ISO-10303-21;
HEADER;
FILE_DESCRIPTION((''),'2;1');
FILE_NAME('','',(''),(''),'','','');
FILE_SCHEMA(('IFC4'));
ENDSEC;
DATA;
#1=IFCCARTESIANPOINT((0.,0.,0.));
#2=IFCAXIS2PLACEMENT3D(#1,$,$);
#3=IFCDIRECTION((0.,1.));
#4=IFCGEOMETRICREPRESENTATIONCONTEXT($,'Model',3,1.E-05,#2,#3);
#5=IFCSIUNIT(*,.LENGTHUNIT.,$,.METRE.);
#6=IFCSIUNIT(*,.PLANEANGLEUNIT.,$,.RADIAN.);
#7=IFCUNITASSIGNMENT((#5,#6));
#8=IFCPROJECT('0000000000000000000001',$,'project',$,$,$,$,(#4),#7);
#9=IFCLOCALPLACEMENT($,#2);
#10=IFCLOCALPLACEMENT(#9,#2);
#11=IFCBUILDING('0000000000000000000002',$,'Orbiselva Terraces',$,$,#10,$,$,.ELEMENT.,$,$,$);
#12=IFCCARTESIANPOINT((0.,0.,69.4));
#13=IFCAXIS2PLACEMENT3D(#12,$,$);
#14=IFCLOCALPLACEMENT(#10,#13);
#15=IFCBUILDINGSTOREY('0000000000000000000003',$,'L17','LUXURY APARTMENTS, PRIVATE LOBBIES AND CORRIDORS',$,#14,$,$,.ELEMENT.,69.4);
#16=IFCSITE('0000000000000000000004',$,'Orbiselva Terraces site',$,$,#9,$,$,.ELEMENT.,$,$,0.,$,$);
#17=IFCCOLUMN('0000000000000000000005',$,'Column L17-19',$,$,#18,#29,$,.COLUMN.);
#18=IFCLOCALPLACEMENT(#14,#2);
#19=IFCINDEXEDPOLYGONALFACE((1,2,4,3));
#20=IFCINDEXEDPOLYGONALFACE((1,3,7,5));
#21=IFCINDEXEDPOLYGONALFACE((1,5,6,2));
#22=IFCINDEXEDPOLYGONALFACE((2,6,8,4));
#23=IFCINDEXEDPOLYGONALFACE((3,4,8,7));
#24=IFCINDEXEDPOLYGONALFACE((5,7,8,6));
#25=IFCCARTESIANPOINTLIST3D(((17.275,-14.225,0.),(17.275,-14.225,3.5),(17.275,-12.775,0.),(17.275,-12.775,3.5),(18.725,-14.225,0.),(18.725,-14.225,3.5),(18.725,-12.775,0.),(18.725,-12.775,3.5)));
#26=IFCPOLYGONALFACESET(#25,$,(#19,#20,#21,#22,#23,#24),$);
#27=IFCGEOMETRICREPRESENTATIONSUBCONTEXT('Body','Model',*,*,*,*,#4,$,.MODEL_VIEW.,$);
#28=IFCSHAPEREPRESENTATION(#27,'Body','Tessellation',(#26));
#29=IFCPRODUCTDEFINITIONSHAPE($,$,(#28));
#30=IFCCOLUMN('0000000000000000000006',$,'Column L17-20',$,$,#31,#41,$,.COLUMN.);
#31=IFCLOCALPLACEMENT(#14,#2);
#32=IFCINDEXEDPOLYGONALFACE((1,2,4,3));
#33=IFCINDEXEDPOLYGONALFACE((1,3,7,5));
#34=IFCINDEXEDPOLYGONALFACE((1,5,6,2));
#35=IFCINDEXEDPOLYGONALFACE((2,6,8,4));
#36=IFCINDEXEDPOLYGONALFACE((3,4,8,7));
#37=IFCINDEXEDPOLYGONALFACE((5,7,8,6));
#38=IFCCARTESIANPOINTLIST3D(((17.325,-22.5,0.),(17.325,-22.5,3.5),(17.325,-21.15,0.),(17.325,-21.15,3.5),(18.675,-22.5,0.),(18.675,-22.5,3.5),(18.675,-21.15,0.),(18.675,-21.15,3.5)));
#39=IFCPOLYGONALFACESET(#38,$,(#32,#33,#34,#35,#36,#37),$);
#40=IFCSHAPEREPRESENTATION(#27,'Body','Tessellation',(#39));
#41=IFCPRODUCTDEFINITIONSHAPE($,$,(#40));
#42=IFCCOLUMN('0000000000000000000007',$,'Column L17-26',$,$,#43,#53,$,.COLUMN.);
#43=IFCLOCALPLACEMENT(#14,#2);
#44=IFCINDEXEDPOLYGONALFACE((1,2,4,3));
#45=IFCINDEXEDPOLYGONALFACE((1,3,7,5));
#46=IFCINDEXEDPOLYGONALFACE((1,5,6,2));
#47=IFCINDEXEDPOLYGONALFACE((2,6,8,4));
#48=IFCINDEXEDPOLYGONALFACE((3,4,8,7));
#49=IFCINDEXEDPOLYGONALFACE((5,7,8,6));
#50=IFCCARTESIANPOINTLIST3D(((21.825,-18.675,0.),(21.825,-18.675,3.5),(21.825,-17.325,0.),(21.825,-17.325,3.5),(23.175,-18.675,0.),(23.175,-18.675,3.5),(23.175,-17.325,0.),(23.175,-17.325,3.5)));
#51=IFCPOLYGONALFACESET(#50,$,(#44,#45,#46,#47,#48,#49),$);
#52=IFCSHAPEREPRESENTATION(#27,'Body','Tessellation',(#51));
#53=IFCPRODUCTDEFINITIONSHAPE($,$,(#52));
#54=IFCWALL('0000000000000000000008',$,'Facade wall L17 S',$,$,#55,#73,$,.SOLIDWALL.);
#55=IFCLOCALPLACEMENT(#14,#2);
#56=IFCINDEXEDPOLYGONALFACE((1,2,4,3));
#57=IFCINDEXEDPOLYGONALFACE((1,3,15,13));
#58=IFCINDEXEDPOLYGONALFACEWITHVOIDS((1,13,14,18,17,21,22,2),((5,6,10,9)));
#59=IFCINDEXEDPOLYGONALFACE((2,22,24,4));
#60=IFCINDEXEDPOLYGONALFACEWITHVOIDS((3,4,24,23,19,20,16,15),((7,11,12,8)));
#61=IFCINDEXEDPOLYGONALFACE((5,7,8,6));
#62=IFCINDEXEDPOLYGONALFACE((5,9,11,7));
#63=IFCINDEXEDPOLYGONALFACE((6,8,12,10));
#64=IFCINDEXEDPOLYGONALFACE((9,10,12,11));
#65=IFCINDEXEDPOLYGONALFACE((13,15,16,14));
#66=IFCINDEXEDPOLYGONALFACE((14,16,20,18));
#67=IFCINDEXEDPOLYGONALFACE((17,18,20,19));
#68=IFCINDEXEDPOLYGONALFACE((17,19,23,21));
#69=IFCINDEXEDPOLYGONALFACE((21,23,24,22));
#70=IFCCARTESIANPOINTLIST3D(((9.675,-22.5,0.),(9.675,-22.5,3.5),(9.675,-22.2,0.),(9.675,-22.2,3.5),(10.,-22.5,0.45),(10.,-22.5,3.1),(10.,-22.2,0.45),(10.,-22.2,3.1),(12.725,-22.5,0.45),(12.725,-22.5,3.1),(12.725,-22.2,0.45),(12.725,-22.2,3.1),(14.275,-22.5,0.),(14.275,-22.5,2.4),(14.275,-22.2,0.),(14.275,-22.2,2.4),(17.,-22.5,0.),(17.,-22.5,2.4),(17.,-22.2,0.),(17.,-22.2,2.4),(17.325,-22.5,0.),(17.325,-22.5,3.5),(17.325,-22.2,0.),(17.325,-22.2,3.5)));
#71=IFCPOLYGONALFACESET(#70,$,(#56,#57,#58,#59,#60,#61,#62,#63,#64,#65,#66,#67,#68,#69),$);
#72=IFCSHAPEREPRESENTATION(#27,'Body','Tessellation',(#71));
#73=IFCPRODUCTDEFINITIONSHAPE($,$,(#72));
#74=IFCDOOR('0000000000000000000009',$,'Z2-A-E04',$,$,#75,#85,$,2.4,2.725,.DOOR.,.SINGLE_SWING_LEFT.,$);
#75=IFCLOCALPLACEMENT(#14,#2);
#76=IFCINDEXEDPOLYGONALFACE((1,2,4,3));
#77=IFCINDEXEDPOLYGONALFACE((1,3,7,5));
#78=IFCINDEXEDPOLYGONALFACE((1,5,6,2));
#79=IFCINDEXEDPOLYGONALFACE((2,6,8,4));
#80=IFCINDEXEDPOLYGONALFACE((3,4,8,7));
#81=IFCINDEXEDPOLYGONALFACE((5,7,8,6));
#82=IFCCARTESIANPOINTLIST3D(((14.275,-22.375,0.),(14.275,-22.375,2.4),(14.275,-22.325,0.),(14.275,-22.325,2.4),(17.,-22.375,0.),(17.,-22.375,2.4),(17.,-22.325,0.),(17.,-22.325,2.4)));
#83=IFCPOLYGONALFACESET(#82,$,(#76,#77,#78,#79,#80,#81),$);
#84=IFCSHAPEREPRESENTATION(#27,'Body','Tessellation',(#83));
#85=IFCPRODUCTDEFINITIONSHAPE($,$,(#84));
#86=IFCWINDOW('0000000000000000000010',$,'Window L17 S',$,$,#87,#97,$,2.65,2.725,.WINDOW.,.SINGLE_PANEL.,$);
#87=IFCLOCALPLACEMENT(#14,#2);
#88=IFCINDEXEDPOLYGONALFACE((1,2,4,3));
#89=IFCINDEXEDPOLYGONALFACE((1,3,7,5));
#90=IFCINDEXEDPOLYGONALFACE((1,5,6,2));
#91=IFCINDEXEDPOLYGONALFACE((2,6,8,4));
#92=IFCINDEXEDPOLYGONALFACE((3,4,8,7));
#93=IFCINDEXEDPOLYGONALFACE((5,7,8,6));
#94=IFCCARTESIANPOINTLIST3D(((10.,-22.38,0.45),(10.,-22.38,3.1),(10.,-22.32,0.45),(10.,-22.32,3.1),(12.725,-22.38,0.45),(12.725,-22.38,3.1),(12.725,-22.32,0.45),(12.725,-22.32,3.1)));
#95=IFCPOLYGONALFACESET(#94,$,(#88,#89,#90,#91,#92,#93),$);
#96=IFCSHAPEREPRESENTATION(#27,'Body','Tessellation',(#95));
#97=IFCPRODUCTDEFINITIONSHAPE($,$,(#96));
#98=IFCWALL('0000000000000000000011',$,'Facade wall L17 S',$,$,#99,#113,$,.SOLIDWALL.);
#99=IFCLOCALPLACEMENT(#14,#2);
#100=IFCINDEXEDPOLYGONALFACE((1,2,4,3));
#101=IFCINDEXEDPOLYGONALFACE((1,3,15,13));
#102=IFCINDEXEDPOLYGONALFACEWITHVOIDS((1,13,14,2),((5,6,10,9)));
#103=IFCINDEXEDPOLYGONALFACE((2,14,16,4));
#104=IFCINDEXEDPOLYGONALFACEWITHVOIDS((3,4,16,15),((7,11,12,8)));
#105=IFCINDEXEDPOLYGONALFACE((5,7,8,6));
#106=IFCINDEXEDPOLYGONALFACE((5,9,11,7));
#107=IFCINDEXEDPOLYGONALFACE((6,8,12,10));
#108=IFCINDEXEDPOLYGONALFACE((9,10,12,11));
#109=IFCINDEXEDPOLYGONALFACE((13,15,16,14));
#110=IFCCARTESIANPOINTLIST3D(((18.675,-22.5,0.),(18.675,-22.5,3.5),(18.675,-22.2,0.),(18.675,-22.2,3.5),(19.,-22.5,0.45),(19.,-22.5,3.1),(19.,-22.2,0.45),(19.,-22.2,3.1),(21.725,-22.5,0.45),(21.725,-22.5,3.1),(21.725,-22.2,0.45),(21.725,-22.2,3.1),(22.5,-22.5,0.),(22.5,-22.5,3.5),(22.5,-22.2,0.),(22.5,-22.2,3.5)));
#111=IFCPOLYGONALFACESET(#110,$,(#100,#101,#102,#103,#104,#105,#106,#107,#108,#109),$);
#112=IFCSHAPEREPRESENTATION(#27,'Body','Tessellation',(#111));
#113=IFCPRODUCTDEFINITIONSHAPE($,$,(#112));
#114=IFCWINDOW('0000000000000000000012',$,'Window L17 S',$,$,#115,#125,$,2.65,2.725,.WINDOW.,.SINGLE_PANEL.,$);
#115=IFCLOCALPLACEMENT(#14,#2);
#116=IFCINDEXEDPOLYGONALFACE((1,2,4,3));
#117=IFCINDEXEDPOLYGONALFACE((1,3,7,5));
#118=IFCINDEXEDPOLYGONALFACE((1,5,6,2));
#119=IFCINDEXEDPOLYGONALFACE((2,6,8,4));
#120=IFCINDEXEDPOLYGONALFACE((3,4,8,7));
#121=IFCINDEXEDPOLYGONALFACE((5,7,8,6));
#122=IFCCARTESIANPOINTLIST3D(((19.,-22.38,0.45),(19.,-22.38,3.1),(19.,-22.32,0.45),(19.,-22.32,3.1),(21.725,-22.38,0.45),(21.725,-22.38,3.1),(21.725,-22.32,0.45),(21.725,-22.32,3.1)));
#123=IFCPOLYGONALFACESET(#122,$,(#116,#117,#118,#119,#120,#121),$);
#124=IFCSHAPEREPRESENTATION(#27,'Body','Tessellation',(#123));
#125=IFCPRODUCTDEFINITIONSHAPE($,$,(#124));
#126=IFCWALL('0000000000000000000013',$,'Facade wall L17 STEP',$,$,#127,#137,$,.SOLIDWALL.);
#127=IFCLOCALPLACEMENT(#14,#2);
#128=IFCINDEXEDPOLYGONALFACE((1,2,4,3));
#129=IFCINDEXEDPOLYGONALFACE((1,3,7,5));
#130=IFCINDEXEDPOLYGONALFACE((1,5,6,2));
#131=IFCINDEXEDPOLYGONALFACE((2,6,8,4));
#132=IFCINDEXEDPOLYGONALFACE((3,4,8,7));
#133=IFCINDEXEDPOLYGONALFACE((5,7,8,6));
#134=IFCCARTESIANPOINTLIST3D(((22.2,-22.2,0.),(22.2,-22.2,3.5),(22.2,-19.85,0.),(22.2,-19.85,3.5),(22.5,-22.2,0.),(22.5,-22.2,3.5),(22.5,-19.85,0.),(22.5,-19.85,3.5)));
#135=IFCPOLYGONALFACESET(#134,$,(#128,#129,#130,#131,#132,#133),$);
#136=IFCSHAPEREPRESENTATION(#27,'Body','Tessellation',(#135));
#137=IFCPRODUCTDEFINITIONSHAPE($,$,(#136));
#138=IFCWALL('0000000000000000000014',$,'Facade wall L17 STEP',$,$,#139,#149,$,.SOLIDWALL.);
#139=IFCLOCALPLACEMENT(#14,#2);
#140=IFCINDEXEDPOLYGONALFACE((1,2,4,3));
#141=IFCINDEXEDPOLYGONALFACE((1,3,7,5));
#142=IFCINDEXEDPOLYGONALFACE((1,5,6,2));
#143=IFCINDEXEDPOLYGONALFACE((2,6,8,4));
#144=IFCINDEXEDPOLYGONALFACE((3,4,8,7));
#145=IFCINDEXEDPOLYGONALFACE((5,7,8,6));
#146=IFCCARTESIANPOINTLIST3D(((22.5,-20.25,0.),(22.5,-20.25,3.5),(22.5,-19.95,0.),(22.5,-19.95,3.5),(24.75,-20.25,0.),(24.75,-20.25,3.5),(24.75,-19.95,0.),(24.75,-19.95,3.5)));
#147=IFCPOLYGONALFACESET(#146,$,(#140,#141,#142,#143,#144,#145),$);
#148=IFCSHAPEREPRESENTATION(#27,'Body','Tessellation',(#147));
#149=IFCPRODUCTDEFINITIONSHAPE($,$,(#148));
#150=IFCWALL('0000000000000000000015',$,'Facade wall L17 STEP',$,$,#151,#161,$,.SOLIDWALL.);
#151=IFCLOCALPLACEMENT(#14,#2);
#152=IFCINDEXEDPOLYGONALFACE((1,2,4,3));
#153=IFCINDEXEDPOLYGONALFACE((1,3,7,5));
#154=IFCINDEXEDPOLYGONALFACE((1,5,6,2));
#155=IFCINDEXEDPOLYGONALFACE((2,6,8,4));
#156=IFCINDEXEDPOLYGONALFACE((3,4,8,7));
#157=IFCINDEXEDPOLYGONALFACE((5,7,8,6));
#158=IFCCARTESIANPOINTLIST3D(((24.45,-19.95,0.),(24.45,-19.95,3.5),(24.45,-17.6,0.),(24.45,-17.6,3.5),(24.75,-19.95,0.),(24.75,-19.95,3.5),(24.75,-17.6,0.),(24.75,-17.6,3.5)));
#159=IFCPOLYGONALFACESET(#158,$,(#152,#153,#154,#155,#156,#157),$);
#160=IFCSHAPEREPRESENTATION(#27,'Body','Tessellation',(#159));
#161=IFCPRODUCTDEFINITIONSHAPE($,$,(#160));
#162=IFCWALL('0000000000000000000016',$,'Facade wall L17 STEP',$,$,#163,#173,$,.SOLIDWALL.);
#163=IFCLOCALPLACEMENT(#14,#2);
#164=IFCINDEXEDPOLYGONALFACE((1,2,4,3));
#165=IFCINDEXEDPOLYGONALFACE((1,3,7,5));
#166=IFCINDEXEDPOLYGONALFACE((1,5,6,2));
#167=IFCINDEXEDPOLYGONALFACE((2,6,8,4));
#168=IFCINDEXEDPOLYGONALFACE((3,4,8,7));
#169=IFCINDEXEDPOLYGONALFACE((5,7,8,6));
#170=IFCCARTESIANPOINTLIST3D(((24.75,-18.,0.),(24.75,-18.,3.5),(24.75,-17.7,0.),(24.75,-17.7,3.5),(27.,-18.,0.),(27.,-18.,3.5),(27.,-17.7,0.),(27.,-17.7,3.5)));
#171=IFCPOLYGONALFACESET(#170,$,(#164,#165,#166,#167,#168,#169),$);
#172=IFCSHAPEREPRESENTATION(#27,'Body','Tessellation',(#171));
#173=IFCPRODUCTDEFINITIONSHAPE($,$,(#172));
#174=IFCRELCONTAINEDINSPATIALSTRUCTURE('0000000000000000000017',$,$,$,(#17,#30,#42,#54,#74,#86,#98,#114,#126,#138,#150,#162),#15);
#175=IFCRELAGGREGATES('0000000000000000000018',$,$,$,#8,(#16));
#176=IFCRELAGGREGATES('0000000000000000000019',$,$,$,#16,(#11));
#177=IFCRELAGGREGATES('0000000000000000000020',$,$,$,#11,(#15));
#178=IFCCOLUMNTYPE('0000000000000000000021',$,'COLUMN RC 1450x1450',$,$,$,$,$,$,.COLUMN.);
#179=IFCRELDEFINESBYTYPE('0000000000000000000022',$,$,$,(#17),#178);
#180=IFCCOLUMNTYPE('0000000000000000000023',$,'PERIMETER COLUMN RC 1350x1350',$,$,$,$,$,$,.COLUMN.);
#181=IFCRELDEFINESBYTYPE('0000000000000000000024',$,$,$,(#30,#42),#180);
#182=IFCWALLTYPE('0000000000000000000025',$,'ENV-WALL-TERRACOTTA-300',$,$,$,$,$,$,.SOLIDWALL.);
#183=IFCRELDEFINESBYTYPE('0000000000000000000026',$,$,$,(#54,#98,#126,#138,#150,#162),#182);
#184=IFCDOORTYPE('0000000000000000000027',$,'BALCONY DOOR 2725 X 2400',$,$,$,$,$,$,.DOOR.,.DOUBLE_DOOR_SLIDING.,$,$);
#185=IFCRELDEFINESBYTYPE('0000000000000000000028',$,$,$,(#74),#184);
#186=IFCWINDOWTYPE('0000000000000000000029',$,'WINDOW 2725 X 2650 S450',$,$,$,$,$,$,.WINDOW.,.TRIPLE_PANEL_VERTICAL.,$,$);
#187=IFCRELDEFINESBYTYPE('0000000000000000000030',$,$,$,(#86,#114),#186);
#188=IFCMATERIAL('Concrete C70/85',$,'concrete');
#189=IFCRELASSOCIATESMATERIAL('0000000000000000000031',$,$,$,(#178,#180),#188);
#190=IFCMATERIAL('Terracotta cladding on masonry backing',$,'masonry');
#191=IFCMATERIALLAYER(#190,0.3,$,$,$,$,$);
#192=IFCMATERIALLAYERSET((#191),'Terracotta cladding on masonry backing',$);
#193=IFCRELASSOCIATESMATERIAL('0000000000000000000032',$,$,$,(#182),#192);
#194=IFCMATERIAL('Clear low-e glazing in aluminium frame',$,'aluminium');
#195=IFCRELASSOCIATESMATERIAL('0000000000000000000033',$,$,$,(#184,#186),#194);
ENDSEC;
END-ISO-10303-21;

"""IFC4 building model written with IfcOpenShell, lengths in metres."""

from ifc_helpers import new_model, si_unit, direction, frame, frame_2d, origin, origin_2d, place, context, subcontext, project, spatial, rectangle, extrude, material, layer, layer_set, material_profile, profile_set, type_object, element, fill, save


model = new_model("IFC4")

# Units and contexts
model_context = context("Model", 3, precision=1e-05, world=origin(), true_north=direction((0.0, 1.0)))
body_context = subcontext(model_context, "Body", "Model", "MODEL_VIEW")
ifc_project = project(units=[si_unit("LENGTHUNIT", "METRE"), si_unit("PLANEANGLEUNIT", "RADIAN")], contexts=[model_context])

# Site, building, storey
site_placement = place(None, origin())
site = spatial("IfcSite", under=ifc_project, at=site_placement, Name="Orbiselva Terraces site", CompositionType="ELEMENT", RefElevation=0.0)
building_placement = place(site_placement, origin())
building = spatial("IfcBuilding", under=site, at=building_placement, Name="Orbiselva Terraces", CompositionType="ELEMENT")
storey_placement = place(building_placement, frame((0.0, 0.0, 69.4)))
storey = spatial("IfcBuildingStorey", under=building, at=storey_placement, Name="L17", Description="LUXURY APARTMENTS, PRIVATE LOBBIES AND CORRIDORS", CompositionType="ELEMENT", Elevation=69.4)

# Columns
ifc_material_1 = material(Name="Concrete C70/85", Category="concrete")
ifc_material_profile_1 = material_profile(ifc_material_1, rectangle(XDim=1.45, YDim=1.45, at=origin_2d()), Name="RC 1450x1450")
ifc_profile_set_1 = profile_set([ifc_material_profile_1], Name="Concrete C70/85")
column_type_1 = type_object("IfcColumnType", Name="COLUMN RC 1450x1450", PredefinedType="COLUMN", material=ifc_profile_set_1)
column_placement = place(storey_placement, frame((18.0, -13.5, 0.0), z_axis=(0.0, 0.0, 1.0), x_axis=(1.0, 0.0, 0.0)))
element("IfcColumn", 1, at=column_placement, inside=storey, type_object=column_type_1, Name="Column L17-19", PredefinedType="COLUMN", context=body_context, shape_type="SweptSolid", body=[
    extrude(rectangle(XDim=1.45, YDim=1.45, at=origin_2d()), origin(), (0.0, 0.0, 1.0), 3.5),
])
ifc_material_profile_2 = material_profile(ifc_material_1, rectangle(XDim=1.35, YDim=1.35, at=origin_2d()), Name="RC 1350x1350")
ifc_profile_set_2 = profile_set([ifc_material_profile_2], Name="Concrete C70/85")
column_type_2 = type_object("IfcColumnType", Name="PERIMETER COLUMN RC 1350x1350", PredefinedType="COLUMN", material=ifc_profile_set_2)
for number, where, z_axis, x_axis, name in (
    (2, (18.0, -21.825, 0.0), (0.0, 0.0, 1.0), (1.0, 0.0, 0.0), "Column L17-20"),
    (3, (22.5, -18.0, 0.0), (0.0, 0.0, 1.0), (1.0, 0.0, 0.0), "Column L17-26"),
):
    element("IfcColumn", number, at=place(storey_placement, frame(where, z_axis=z_axis, x_axis=x_axis)), inside=storey, type_object=column_type_2, Name=name, PredefinedType="COLUMN", context=body_context, shape_type="SweptSolid", body=[
        extrude(rectangle(XDim=1.35, YDim=1.35, at=origin_2d()), origin(), (0.0, 0.0, 1.0), 3.5),
    ])

# Wall, openings, door, window
ifc_material_2 = material(Name="Terracotta cladding on masonry backing", Category="masonry")
ifc_layer_1 = layer(ifc_material_2, 0.3)
ifc_layer_set_1 = layer_set([ifc_layer_1], Name="Terracotta cladding on masonry backing")
wall_type_1 = type_object("IfcWallType", Name="ENV-WALL-TERRACOTTA-300", PredefinedType="SOLIDWALL", material=ifc_layer_set_1)
wall_1_placement = place(storey_placement, frame((17.325, -22.35, 0.0), z_axis=(0.0, 0.0, 1.0), x_axis=(-1.0, 0.0, 0.0)))
wall_1 = element("IfcWall", 4, at=wall_1_placement, inside=storey, type_object=wall_type_1, Name="Facade wall L17 S", PredefinedType="SOLIDWALL", context=body_context, shape_type="SweptSolid", body=[
    extrude(rectangle(XDim=7.65, YDim=0.3, at=frame_2d((3.825, 0.0))), origin(), (0.0, 0.0, 1.0), 3.5),
])
opening_1_placement = place(wall_1_placement, frame((4.6, 0.0, 0.45)))
opening_1 = element("IfcOpeningElement", 5, at=opening_1_placement, cuts=wall_1, PredefinedType="OPENING", context=body_context, shape_type="SweptSolid", body=[
    extrude(rectangle(XDim=2.725, YDim=2.65, at=frame_2d((1.3625, 1.325))), frame((0.0, 0.16, 0.0), z_axis=(0.0, -1.0, 0.0), x_axis=(1.0, 0.0, 0.0)), (0.0, 0.0, 1.0), 0.32),
])
opening_2_placement = place(wall_1_placement, frame((0.325, 0.0, 0.0)))
opening_2 = element("IfcOpeningElement", 6, at=opening_2_placement, cuts=wall_1, PredefinedType="OPENING", context=body_context, shape_type="SweptSolid", body=[
    extrude(rectangle(XDim=2.725, YDim=2.4, at=frame_2d((1.3625, 1.2))), frame((0.0, 0.16, 0.0), z_axis=(0.0, -1.0, 0.0), x_axis=(1.0, 0.0, 0.0)), (0.0, 0.0, 1.0), 0.32),
])
ifc_material_3 = material(Name="Clear low-e glazing in aluminium frame", Category="aluminium")
door_type_1 = type_object("IfcDoorType", Name="BALCONY DOOR 2725 X 2400", OperationType="DOUBLE_DOOR_SLIDING", PredefinedType="DOOR", material=ifc_material_3)
door_1_placement = place(opening_2_placement, origin())
door_1 = element("IfcDoor", 7, at=door_1_placement, inside=storey, type_object=door_type_1, Name="Z2-A-E04", OperationType="SINGLE_SWING_LEFT", OverallHeight=2.4, OverallWidth=2.725, PredefinedType="DOOR", context=body_context, shape_type="SweptSolid", body=[
    extrude(rectangle(XDim=2.725, YDim=2.4, at=frame_2d((1.3625, 1.2))), frame((0.0, 0.025, 0.0), z_axis=(0.0, -1.0, 0.0), x_axis=(1.0, 0.0, 0.0)), (0.0, 0.0, 1.0), 0.05),
])
fill(opening_2, door_1)
window_type = type_object("IfcWindowType", Name="WINDOW 2725 X 2650 S450", PartitioningType="TRIPLE_PANEL_VERTICAL", PredefinedType="WINDOW", material=ifc_material_3)
window_1_placement = place(opening_1_placement, origin())
window_1 = element("IfcWindow", 8, at=window_1_placement, inside=storey, type_object=window_type, Name="Window L17 S", OverallHeight=2.65, OverallWidth=2.725, PartitioningType="SINGLE_PANEL", PredefinedType="WINDOW", context=body_context, shape_type="SweptSolid", body=[
    extrude(rectangle(XDim=2.725, YDim=2.65, at=frame_2d((1.3625, 1.325))), frame((0.0, 0.03, 0.0), z_axis=(0.0, -1.0, 0.0), x_axis=(1.0, 0.0, 0.0)), (0.0, 0.0, 1.0), 0.06),
])
fill(opening_1, window_1)

# Wall, opening, window
wall_2_placement = place(storey_placement, frame((22.5, -22.35, 0.0), z_axis=(0.0, 0.0, 1.0), x_axis=(-1.0, 0.0, 0.0)))
wall_2 = element("IfcWall", 9, at=wall_2_placement, inside=storey, type_object=wall_type_1, Name="Facade wall L17 S", PredefinedType="SOLIDWALL", context=body_context, shape_type="SweptSolid", body=[
    extrude(rectangle(XDim=3.825, YDim=0.3, at=frame_2d((1.9125, 0.0))), origin(), (0.0, 0.0, 1.0), 3.5),
])
opening_3_placement = place(wall_2_placement, frame((0.775, 0.0, 0.45)))
opening_3 = element("IfcOpeningElement", 10, at=opening_3_placement, cuts=wall_2, PredefinedType="OPENING", context=body_context, shape_type="SweptSolid", body=[
    extrude(rectangle(XDim=2.725, YDim=2.65, at=frame_2d((1.3625, 1.325))), frame((0.0, 0.16, 0.0), z_axis=(0.0, -1.0, 0.0), x_axis=(1.0, 0.0, 0.0)), (0.0, 0.0, 1.0), 0.32),
])
window_2_placement = place(opening_3_placement, origin())
window_2 = element("IfcWindow", 11, at=window_2_placement, inside=storey, type_object=window_type, Name="Window L17 S", OverallHeight=2.65, OverallWidth=2.725, PartitioningType="SINGLE_PANEL", PredefinedType="WINDOW", context=body_context, shape_type="SweptSolid", body=[
    extrude(rectangle(XDim=2.725, YDim=2.65, at=frame_2d((1.3625, 1.325))), frame((0.0, 0.03, 0.0), z_axis=(0.0, -1.0, 0.0), x_axis=(1.0, 0.0, 0.0)), (0.0, 0.0, 1.0), 0.06),
])
fill(opening_3, window_2)

# Walls
wall_3_placement = place(storey_placement, frame((22.35, -19.85, 0.0), z_axis=(0.0, 0.0, 1.0), x_axis=(0.0, -1.0, 0.0)))
element("IfcWall", 12, at=wall_3_placement, inside=storey, type_object=wall_type_1, Name="Facade wall L17 STEP", PredefinedType="SOLIDWALL", context=body_context, shape_type="SweptSolid", body=[
    extrude(rectangle(XDim=2.35, YDim=0.3, at=frame_2d((1.175, 0.0))), origin(), (0.0, 0.0, 1.0), 3.5),
])
wall_4_placement = place(storey_placement, frame((24.75, -20.1, 0.0), z_axis=(0.0, 0.0, 1.0), x_axis=(-1.0, 0.0, 0.0)))
element("IfcWall", 13, at=wall_4_placement, inside=storey, type_object=wall_type_1, Name="Facade wall L17 STEP", PredefinedType="SOLIDWALL", context=body_context, shape_type="SweptSolid", body=[
    extrude(rectangle(XDim=2.25, YDim=0.3, at=frame_2d((1.125, 0.0))), origin(), (0.0, 0.0, 1.0), 3.5),
])
wall_5_placement = place(storey_placement, frame((24.6, -17.6, 0.0), z_axis=(0.0, 0.0, 1.0), x_axis=(0.0, -1.0, 0.0)))
element("IfcWall", 14, at=wall_5_placement, inside=storey, type_object=wall_type_1, Name="Facade wall L17 STEP", PredefinedType="SOLIDWALL", context=body_context, shape_type="SweptSolid", body=[
    extrude(rectangle(XDim=2.35, YDim=0.3, at=frame_2d((1.175, 0.0))), origin(), (0.0, 0.0, 1.0), 3.5),
])
wall_6_placement = place(storey_placement, frame((27.0, -17.85, 0.0), z_axis=(0.0, 0.0, 1.0), x_axis=(-1.0, 0.0, 0.0)))
element("IfcWall", 15, at=wall_6_placement, inside=storey, type_object=wall_type_1, Name="Facade wall L17 STEP", PredefinedType="SOLIDWALL", context=body_context, shape_type="SweptSolid", body=[
    extrude(rectangle(XDim=2.25, YDim=0.3, at=frame_2d((1.125, 0.0))), origin(), (0.0, 0.0, 1.0), 3.5),
])

save(model, "model.ifc")
